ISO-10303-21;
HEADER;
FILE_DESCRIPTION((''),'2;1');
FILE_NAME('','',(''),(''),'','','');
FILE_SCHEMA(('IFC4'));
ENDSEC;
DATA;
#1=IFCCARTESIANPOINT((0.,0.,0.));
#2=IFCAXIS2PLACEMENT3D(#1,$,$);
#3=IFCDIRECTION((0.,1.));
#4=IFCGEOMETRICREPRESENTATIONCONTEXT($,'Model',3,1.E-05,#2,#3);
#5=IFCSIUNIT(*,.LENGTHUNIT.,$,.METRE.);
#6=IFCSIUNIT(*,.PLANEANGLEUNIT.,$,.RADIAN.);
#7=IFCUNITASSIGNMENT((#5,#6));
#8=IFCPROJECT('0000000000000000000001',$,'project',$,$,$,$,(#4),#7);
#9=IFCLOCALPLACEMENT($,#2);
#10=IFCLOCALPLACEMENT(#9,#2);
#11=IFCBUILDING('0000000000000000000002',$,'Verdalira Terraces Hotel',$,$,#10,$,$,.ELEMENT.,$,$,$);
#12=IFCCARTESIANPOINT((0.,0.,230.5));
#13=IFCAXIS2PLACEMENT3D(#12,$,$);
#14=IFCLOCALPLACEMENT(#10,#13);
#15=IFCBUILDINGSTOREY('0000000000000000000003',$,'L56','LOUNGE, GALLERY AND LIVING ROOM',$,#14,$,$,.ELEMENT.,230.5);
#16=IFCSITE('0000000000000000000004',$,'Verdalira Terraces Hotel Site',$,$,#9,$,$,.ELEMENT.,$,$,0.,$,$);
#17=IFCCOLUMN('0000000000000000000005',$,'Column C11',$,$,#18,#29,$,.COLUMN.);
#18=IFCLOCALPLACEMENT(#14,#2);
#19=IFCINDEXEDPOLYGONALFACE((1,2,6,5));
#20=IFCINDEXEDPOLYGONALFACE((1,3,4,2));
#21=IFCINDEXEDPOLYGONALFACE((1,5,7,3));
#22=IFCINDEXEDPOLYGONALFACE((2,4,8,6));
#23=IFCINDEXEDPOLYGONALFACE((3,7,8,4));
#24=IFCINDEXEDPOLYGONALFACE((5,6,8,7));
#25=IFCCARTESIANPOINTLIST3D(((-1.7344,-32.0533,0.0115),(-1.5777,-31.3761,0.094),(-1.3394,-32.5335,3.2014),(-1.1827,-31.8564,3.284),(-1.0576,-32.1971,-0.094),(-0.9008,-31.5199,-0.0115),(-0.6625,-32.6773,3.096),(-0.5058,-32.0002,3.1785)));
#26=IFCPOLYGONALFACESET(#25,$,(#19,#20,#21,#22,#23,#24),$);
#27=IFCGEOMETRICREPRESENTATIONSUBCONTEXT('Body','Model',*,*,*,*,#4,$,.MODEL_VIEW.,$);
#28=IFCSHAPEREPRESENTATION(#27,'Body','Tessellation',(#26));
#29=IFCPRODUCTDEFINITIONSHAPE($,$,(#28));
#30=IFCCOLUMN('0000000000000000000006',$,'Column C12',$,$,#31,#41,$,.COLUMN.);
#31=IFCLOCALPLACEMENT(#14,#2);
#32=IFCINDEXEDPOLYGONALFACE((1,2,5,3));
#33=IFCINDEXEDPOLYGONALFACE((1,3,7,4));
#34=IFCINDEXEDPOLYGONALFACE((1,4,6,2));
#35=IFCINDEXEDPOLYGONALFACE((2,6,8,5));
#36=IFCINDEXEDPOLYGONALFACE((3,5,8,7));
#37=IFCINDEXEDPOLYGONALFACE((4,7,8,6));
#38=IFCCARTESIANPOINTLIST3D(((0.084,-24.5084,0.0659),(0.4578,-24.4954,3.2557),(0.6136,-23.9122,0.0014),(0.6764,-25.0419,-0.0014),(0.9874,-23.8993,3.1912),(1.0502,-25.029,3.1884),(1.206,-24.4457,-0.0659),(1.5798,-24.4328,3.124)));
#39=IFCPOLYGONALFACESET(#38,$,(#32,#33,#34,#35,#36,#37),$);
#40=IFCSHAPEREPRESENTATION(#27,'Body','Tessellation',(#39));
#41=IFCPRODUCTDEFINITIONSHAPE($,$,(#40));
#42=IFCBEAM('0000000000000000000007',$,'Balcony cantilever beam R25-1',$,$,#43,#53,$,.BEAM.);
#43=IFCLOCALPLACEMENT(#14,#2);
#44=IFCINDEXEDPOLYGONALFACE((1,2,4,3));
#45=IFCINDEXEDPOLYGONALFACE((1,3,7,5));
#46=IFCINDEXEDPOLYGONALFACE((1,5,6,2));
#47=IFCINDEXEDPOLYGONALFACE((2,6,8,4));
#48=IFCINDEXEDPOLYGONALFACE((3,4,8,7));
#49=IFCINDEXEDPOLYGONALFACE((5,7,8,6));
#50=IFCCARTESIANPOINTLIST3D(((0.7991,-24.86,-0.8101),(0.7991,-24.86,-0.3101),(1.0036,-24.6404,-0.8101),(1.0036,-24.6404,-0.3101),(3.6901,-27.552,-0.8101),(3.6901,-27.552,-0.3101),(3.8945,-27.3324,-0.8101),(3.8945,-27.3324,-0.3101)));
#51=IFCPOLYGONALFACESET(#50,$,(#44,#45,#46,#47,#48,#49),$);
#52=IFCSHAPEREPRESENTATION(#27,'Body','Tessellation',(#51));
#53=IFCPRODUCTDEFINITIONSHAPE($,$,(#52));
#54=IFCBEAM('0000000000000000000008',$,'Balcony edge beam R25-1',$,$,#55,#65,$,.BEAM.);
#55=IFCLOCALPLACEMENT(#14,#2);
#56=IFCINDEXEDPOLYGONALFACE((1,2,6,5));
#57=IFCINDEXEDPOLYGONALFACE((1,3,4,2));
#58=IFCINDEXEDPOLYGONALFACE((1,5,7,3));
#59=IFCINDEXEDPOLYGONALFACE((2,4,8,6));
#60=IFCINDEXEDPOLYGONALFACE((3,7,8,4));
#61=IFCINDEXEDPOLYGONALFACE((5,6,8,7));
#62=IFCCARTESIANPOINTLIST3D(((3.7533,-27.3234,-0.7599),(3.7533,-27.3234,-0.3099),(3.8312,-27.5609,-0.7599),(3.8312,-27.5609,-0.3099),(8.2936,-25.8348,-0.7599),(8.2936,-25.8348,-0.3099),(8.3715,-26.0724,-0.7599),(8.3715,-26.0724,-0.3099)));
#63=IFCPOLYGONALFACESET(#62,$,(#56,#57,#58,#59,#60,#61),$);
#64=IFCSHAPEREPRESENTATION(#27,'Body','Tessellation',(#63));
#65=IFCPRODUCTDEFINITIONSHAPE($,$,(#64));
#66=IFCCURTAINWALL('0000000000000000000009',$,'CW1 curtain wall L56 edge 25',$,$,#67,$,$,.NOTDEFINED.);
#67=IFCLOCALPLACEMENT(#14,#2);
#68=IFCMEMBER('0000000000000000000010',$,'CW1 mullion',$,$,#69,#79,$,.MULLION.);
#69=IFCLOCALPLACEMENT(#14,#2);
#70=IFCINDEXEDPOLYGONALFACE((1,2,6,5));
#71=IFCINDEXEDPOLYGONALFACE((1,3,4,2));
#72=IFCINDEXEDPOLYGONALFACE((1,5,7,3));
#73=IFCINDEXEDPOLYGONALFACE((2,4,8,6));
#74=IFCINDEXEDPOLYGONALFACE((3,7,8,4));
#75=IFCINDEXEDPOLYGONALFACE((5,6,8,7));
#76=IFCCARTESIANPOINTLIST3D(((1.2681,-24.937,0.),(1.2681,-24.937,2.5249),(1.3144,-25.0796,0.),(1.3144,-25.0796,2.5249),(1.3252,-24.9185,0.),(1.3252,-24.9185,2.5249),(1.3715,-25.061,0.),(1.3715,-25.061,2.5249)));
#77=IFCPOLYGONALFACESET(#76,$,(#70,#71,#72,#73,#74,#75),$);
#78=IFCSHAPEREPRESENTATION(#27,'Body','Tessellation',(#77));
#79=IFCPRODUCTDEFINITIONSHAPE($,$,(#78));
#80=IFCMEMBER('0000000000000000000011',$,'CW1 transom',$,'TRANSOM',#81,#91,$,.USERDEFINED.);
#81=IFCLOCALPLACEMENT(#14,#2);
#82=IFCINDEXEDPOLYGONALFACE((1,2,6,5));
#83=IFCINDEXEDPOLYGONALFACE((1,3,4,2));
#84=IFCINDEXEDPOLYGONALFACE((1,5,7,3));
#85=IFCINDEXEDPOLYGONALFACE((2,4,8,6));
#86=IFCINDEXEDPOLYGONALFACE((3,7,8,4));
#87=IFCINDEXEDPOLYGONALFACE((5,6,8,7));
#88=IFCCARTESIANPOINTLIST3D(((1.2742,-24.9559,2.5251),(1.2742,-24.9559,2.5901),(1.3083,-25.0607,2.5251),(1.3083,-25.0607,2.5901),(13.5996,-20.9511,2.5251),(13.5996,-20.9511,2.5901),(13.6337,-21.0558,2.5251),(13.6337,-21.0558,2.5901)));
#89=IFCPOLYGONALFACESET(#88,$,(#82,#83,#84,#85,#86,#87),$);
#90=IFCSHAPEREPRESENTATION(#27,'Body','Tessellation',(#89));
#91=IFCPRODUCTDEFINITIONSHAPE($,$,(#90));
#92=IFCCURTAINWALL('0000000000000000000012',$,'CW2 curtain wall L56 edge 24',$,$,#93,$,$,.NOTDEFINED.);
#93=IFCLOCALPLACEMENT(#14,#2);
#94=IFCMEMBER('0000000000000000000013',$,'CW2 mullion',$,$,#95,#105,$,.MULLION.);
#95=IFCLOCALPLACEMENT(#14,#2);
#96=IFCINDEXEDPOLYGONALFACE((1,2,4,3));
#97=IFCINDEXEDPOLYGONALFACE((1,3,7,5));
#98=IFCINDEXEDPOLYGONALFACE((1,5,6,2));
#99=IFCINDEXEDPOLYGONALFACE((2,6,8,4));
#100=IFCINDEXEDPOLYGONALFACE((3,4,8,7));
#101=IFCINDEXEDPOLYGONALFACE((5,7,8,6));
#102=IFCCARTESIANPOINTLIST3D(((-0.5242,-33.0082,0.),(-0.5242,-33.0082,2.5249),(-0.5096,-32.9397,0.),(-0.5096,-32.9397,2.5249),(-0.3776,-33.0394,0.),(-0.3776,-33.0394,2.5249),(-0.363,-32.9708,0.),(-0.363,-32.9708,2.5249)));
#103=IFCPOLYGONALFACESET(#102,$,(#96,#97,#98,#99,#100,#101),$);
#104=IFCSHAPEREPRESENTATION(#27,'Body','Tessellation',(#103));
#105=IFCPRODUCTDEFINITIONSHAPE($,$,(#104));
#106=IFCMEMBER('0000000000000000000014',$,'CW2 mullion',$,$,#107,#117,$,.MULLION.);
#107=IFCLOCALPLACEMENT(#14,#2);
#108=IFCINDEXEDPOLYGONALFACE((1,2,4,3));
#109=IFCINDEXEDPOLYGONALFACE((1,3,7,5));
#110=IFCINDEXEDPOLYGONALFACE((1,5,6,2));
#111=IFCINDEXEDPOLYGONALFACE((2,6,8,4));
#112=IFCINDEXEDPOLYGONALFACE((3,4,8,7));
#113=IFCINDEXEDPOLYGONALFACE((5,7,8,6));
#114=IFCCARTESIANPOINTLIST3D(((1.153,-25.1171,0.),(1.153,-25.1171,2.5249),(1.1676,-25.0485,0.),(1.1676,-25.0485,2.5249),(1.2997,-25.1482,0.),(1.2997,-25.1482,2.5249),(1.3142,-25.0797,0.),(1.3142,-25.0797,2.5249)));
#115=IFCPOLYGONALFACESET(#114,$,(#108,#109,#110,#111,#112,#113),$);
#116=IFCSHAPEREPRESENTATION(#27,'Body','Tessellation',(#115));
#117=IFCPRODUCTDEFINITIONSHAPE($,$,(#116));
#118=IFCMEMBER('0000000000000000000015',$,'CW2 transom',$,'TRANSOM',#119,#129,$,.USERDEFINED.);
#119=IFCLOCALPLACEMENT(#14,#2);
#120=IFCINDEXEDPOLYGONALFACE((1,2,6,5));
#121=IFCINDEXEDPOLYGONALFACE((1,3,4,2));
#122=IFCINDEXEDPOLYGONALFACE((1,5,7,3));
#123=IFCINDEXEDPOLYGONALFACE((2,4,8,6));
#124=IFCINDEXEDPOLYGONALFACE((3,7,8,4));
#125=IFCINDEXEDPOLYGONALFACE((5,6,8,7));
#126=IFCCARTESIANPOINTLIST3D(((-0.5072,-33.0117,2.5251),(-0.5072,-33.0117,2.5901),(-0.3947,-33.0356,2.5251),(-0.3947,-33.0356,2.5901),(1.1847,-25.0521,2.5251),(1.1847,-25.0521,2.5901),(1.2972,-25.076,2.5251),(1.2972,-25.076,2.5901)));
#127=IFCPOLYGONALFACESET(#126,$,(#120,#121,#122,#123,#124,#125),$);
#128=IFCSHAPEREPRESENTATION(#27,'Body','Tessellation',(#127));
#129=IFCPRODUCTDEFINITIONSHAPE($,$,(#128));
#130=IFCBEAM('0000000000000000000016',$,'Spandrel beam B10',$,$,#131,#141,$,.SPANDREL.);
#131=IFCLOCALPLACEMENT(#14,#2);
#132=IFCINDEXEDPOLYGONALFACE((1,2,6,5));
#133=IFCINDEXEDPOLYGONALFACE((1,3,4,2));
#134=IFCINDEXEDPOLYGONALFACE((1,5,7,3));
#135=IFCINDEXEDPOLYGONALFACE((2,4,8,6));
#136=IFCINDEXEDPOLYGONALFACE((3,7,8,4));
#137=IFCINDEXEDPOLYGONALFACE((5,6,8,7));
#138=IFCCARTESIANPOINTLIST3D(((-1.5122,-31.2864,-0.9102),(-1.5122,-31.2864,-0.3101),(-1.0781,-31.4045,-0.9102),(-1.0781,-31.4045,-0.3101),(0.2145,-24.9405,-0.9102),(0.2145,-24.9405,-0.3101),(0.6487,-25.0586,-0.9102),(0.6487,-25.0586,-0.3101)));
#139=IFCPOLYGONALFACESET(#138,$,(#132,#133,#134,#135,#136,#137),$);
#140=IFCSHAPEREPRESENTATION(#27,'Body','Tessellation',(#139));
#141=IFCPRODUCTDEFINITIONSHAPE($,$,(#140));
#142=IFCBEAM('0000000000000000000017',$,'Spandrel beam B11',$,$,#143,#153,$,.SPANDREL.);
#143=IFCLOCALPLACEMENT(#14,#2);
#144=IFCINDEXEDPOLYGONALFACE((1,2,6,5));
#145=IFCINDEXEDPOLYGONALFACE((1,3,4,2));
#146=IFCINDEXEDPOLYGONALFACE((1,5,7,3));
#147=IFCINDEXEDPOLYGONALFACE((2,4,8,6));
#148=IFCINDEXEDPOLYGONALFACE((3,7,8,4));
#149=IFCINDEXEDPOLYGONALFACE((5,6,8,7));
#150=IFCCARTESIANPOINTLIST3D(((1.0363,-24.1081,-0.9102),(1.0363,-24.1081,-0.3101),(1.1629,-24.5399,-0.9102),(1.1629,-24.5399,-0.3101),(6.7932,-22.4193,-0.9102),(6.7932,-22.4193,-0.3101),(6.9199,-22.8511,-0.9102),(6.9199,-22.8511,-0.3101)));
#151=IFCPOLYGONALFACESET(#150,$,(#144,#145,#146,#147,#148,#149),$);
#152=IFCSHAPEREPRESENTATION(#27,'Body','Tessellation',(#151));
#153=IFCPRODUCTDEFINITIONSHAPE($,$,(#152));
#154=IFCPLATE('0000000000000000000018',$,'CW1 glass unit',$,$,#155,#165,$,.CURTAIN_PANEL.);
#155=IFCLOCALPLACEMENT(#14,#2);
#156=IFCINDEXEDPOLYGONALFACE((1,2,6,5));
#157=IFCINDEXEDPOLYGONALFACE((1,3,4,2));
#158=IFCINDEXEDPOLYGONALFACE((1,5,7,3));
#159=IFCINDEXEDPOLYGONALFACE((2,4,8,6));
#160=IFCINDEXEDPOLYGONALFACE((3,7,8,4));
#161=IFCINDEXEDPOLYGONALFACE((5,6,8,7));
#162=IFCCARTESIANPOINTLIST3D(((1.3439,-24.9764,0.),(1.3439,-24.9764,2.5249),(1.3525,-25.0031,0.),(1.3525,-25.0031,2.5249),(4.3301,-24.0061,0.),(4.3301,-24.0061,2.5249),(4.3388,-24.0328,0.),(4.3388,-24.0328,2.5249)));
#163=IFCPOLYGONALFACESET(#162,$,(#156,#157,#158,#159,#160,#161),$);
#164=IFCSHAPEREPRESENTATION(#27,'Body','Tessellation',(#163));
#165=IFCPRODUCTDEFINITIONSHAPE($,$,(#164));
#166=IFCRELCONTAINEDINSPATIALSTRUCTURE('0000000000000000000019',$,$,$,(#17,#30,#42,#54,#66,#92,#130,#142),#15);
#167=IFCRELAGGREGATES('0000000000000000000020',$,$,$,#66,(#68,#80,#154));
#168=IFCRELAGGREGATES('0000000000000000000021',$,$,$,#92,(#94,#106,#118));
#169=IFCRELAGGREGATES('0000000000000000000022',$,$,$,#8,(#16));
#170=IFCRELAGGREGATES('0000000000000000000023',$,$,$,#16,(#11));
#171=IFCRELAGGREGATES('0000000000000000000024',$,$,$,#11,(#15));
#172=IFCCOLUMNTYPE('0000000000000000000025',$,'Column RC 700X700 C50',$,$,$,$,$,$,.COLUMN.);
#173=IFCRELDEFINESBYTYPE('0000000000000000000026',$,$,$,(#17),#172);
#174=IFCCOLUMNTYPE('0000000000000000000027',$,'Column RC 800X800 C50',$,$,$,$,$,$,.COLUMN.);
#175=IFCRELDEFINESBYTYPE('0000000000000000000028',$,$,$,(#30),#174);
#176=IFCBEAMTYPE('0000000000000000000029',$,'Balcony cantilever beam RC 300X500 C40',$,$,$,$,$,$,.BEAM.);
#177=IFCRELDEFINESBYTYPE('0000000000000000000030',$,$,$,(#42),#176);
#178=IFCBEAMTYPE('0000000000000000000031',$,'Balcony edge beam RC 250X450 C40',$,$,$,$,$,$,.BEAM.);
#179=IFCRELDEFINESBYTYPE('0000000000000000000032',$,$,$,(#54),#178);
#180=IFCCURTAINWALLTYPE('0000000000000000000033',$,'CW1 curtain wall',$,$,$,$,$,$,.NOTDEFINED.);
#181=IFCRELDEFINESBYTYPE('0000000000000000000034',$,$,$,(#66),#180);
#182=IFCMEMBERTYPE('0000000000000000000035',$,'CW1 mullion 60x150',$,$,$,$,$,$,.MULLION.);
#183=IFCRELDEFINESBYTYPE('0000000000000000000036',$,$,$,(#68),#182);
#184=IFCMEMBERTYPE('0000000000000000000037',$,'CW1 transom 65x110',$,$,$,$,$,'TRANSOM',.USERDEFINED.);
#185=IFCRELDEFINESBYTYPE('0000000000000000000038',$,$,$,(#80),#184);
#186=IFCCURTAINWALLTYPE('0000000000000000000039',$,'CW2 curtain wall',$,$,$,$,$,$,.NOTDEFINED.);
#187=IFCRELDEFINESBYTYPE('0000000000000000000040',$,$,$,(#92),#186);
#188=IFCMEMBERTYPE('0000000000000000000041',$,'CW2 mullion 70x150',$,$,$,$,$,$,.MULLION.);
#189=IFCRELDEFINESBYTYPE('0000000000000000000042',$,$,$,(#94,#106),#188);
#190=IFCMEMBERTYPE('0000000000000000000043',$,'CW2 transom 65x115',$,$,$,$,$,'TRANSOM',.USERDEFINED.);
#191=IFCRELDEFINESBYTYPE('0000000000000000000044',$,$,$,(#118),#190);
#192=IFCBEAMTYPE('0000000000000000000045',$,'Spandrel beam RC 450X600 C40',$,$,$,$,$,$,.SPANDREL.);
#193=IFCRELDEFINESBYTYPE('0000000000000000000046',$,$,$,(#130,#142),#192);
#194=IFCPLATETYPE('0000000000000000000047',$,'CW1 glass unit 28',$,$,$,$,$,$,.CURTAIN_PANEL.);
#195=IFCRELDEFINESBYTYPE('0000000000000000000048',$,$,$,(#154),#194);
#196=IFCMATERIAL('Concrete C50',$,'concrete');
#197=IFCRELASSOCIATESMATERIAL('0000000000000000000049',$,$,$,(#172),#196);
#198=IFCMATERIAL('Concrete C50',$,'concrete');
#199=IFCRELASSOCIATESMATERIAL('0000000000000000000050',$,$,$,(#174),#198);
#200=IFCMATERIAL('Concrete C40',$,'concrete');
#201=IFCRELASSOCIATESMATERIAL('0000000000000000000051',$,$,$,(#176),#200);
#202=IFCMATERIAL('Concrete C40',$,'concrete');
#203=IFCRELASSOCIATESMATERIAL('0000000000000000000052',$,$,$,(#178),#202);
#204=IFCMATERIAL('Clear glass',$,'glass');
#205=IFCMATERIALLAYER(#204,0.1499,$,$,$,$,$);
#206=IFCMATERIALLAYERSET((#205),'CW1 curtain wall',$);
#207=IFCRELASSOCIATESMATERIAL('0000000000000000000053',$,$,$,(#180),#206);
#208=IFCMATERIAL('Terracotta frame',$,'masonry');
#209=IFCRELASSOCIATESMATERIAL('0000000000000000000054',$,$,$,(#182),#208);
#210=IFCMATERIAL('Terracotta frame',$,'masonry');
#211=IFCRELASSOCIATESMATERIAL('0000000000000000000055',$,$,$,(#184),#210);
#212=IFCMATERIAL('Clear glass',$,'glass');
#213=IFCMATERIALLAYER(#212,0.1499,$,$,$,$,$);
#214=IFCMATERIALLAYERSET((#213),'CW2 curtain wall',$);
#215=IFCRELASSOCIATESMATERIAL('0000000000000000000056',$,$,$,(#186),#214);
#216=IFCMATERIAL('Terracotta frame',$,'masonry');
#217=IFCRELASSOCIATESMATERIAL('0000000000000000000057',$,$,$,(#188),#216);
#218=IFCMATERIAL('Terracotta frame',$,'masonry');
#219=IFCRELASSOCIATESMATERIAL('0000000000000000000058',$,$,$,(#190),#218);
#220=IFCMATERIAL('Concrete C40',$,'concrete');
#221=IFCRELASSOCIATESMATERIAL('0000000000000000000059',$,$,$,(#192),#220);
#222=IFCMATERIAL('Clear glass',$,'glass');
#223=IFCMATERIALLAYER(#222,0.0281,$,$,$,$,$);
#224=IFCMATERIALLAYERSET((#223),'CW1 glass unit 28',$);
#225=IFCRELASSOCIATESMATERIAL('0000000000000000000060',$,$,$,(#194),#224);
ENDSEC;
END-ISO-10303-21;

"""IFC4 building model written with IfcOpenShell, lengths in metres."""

from ifc_helpers import new_model, si_unit, direction, frame, origin, origin_2d, place, context, subcontext, project, spatial, rectangle, extrude, material, layer, layer_set, material_profile, profile_set, type_object, element, aggregate, save


model = new_model("IFC4")

# Units and contexts
model_context = context("Model", 3, precision=1e-05, world=origin(), true_north=direction((0.0, 1.0)))
body_context = subcontext(model_context, "Body", "Model", "MODEL_VIEW")
ifc_project = project(units=[si_unit("LENGTHUNIT", "METRE"), si_unit("PLANEANGLEUNIT", "RADIAN")], contexts=[model_context])

# Site, building, storey
site_placement = place(None, origin())
site = spatial("IfcSite", under=ifc_project, at=site_placement, Name="Verdalira Terraces Hotel Site", CompositionType="ELEMENT", RefElevation=0.0)
building_placement = place(site_placement, origin())
building = spatial("IfcBuilding", under=site, at=building_placement, Name="Verdalira Terraces Hotel", CompositionType="ELEMENT")
storey_placement = place(building_placement, frame((0.0, 0.0, 230.5)))
storey = spatial("IfcBuildingStorey", under=building, at=storey_placement, Name="L56", Description="LOUNGE, GALLERY AND LIVING ROOM", CompositionType="ELEMENT", Elevation=230.5)

# Columns
ifc_material_1 = material(Name="Concrete C50", Category="concrete")
ifc_material_profile_1 = material_profile(ifc_material_1, rectangle(XDim=0.7, YDim=0.7, at=origin_2d()), Name="RC 700X700")
ifc_profile_set_1 = profile_set([ifc_material_profile_1], Name="Concrete C50")
column_type_1 = type_object("IfcColumnType", Name="Column RC 700X700 C50", PredefinedType="COLUMN", material=ifc_profile_set_1)
column_1_placement = place(storey_placement, frame((-1.3176, -31.7866, 0.0), z_axis=(0.121545, -0.147762, 0.981526), x_axis=(0.223881, 0.967456, 0.11792)))
element("IfcColumn", 1, at=column_1_placement, inside=storey, type_object=column_type_1, Name="Column C11", PredefinedType="COLUMN", context=body_context, shape_type="SweptSolid", body=[
    extrude(rectangle(XDim=0.7, YDim=0.7, at=origin_2d()), origin(), (0.0, 0.0, 1.0), 3.25),
])
ifc_material_2 = material(Name="Concrete C50", Category="concrete")
ifc_material_profile_2 = material_profile(ifc_material_2, rectangle(XDim=0.8, YDim=0.8, at=origin_2d()), Name="RC 800X800")
ifc_profile_set_2 = profile_set([ifc_material_profile_2], Name="Concrete C50")
column_type_2 = type_object("IfcColumnType", Name="Column RC 800X800 C50", PredefinedType="COLUMN", material=ifc_profile_set_2)
column_2_placement = place(storey_placement, frame((0.645, -24.4771, 0.0), z_axis=(0.116377, 0.004029, 0.993197), x_axis=(-0.661978, -0.745178, 0.08059)))
element("IfcColumn", 2, at=column_2_placement, inside=storey, type_object=column_type_2, Name="Column C12", PredefinedType="COLUMN", context=body_context, shape_type="SweptSolid", body=[
    extrude(rectangle(XDim=0.8, YDim=0.8, at=origin_2d()), origin(), (0.0, 0.0, 1.0), 3.2117),
])

# Beams
ifc_material_3 = material(Name="Concrete C40", Category="concrete")
ifc_material_profile_3 = material_profile(ifc_material_3, rectangle(XDim=0.3, YDim=0.5, at=origin_2d()), Name="RC 300X500")
ifc_profile_set_3 = profile_set([ifc_material_profile_3], Name="Concrete C40")
beam_type_1 = type_object("IfcBeamType", Name="Balcony cantilever beam RC 300X500 C40", PredefinedType="BEAM", material=ifc_profile_set_3)
beam_1_placement = place(storey_placement, frame((0.9014, -24.7502, -0.5601), z_axis=(0.731844, -0.681472, 0.0), x_axis=(0.681472, 0.731844, 0.0)))
element("IfcBeam", 3, at=beam_1_placement, inside=storey, type_object=beam_type_1, Name="Balcony cantilever beam R25-1", PredefinedType="BEAM", context=body_context, shape_type="SweptSolid", body=[
    extrude(rectangle(XDim=0.3, YDim=0.5, at=origin_2d()), origin(), (0.0, 0.0, 1.0), 3.9502),
])
ifc_material_4 = material(Name="Concrete C40", Category="concrete")
ifc_material_profile_4 = material_profile(ifc_material_4, rectangle(XDim=0.25, YDim=0.45, at=origin_2d()), Name="RC 250X450")
ifc_profile_set_4 = profile_set([ifc_material_profile_4], Name="Concrete C40")
beam_type_2 = type_object("IfcBeamType", Name="Balcony edge beam RC 250X450 C40", PredefinedType="BEAM", material=ifc_profile_set_4)
beam_2_placement = place(storey_placement, frame((3.7922, -27.4421, -0.5349), z_axis=(0.950235, 0.311533, 0.0), x_axis=(-0.311533, 0.950235, 0.0)))
element("IfcBeam", 4, at=beam_2_placement, inside=storey, type_object=beam_type_2, Name="Balcony edge beam R25-1", PredefinedType="BEAM", context=body_context, shape_type="SweptSolid", body=[
    extrude(rectangle(XDim=0.25, YDim=0.45, at=origin_2d()), origin(), (0.0, 0.0, 1.0), 4.7781),
])

# Curtain walls, members
ifc_material_5 = material(Name="Clear glass", Category="glass")
ifc_layer_1 = layer(ifc_material_5, 0.1499)
ifc_layer_set_1 = layer_set([ifc_layer_1], Name="CW1 curtain wall")
curtain_wall_type_1 = type_object("IfcCurtainWallType", Name="CW1 curtain wall", PredefinedType="NOTDEFINED", material=ifc_layer_set_1)
curtain_wall_1_placement = place(storey_placement, origin())
curtain_wall_1 = element("IfcCurtainWall", 5, at=curtain_wall_1_placement, inside=storey, type_object=curtain_wall_type_1, Name="CW1 curtain wall L56 edge 25", PredefinedType="NOTDEFINED")
ifc_material_6 = material(Name="Terracotta frame", Category="masonry")
ifc_material_profile_5 = material_profile(ifc_material_6, rectangle(XDim=0.0601, YDim=0.1499, at=origin_2d()), Name="MU 60x150")
ifc_profile_set_5 = profile_set([ifc_material_profile_5], Name="Terracotta frame")
member_type_1 = type_object("IfcMemberType", Name="CW1 mullion 60x150", PredefinedType="MULLION", material=ifc_profile_set_5)
member_1_placement = place(storey_placement, frame((1.3198, -24.999, 0.0), z_axis=(0.0, 0.0, 1.0), x_axis=(0.951057, 0.309017, 0.0)))
member_1 = element("IfcMember", 6, at=member_1_placement, type_object=member_type_1, Name="CW1 mullion", PredefinedType="MULLION", context=body_context, shape_type="SweptSolid", body=[
    extrude(rectangle(XDim=0.0601, YDim=0.1499, at=origin_2d()), origin(), (0.0, 0.0, 1.0), 2.5249),
])
ifc_material_7 = material(Name="Terracotta frame", Category="masonry")
ifc_material_profile_6 = material_profile(ifc_material_7, rectangle(XDim=0.1101, YDim=0.0649, at=origin_2d()), Name="TR 65x110")
ifc_profile_set_6 = profile_set([ifc_material_profile_6], Name="Terracotta frame")
member_type_2 = type_object("IfcMemberType", Name="CW1 transom 65x110", ElementType="TRANSOM", PredefinedType="USERDEFINED", material=ifc_profile_set_6)
member_2_placement = place(storey_placement, frame((1.2913, -25.0083, 2.5576), z_axis=(0.951054, 0.309024, 0.0), x_axis=(-0.309024, 0.951054, 0.0)))
member_2 = element("IfcMember", 7, at=member_2_placement, type_object=member_type_2, Name="CW1 transom", ObjectType="TRANSOM", PredefinedType="USERDEFINED", context=body_context, shape_type="SweptSolid", body=[
    extrude(rectangle(XDim=0.1101, YDim=0.0649, at=origin_2d()), origin(), (0.0, 0.0, 1.0), 12.9597),
])
ifc_material_8 = material(Name="Clear glass", Category="glass")
ifc_layer_2 = layer(ifc_material_8, 0.1499)
ifc_layer_set_2 = layer_set([ifc_layer_2], Name="CW2 curtain wall")
curtain_wall_type_2 = type_object("IfcCurtainWallType", Name="CW2 curtain wall", PredefinedType="NOTDEFINED", material=ifc_layer_set_2)
curtain_wall_2_placement = place(storey_placement, origin())
curtain_wall_2 = element("IfcCurtainWall", 8, at=curtain_wall_2_placement, inside=storey, type_object=curtain_wall_type_2, Name="CW2 curtain wall L56 edge 24", PredefinedType="NOTDEFINED")
ifc_material_9 = material(Name="Terracotta frame", Category="masonry")
ifc_material_profile_7 = material_profile(ifc_material_9, rectangle(XDim=0.0701, YDim=0.1499, at=origin_2d()), Name="MU 70x150")
ifc_profile_set_7 = profile_set([ifc_material_profile_7], Name="Terracotta frame")
member_type_3 = type_object("IfcMemberType", Name="CW2 mullion 70x150", PredefinedType="MULLION", material=ifc_profile_set_7)
member_3_placement = place(storey_placement, frame((-0.4436, -32.9895, 0.0), z_axis=(0.0, 0.0, 1.0), x_axis=(0.207912, 0.978148, 0.0)))
member_3 = element("IfcMember", 9, at=member_3_placement, type_object=member_type_3, Name="CW2 mullion", PredefinedType="MULLION", context=body_context, shape_type="SweptSolid", body=[
    extrude(rectangle(XDim=0.0701, YDim=0.1499, at=origin_2d()), origin(), (0.0, 0.0, 1.0), 2.5249),
])
member_4_placement = place(storey_placement, frame((1.2336, -25.0984, 0.0), z_axis=(0.0, 0.0, 1.0), x_axis=(0.207912, 0.978148, 0.0)))
member_4 = element("IfcMember", 10, at=member_4_placement, type_object=member_type_3, Name="CW2 mullion", PredefinedType="MULLION", context=body_context, shape_type="SweptSolid", body=[
    extrude(rectangle(XDim=0.0701, YDim=0.1499, at=origin_2d()), origin(), (0.0, 0.0, 1.0), 2.5249),
])
ifc_material_10 = material(Name="Terracotta frame", Category="masonry")
ifc_material_profile_8 = material_profile(ifc_material_10, rectangle(XDim=0.115, YDim=0.0649, at=origin_2d()), Name="TR 65x115")
ifc_profile_set_8 = profile_set([ifc_material_profile_8], Name="Terracotta frame")
member_type_4 = type_object("IfcMemberType", Name="CW2 transom 65x115", ElementType="TRANSOM", PredefinedType="USERDEFINED", material=ifc_profile_set_8)
member_5_placement = place(storey_placement, frame((-0.4509, -33.0237, 2.5576), z_axis=(0.207912, 0.978147, 0.0), x_axis=(-0.978147, 0.207912, 0.0)))
member_5 = element("IfcMember", 11, at=member_5_placement, type_object=member_type_4, Name="CW2 transom", ObjectType="TRANSOM", PredefinedType="USERDEFINED", context=body_context, shape_type="SweptSolid", body=[
    extrude(rectangle(XDim=0.115, YDim=0.0649, at=origin_2d()), origin(), (0.0, 0.0, 1.0), 8.1375),
])

# Beams
ifc_material_11 = material(Name="Concrete C40", Category="concrete")
ifc_material_profile_9 = material_profile(ifc_material_11, rectangle(XDim=0.45, YDim=0.6001, at=origin_2d()), Name="RC 450X600")
ifc_profile_set_9 = profile_set([ifc_material_profile_9], Name="Concrete C40")
beam_type_3 = type_object("IfcBeamType", Name="Spandrel beam RC 450X600 C40", PredefinedType="SPANDREL", material=ifc_profile_set_9)
beam_3_placement = place(storey_placement, frame((-1.2952, -31.3455, -0.6101), z_axis=(0.262565, 0.964914, 0.0), x_axis=(-0.964914, 0.262565, 0.0)))
element("IfcBeam", 12, at=beam_3_placement, inside=storey, type_object=beam_type_3, Name="Spandrel beam B10", PredefinedType="SPANDREL", context=body_context, shape_type="SweptSolid", body=[
    extrude(rectangle(XDim=0.45, YDim=0.6001, at=origin_2d()), origin(), (0.0, 0.0, 1.0), 6.5767),
])
beam_4_placement = place(storey_placement, frame((1.0996, -24.324, -0.6101), z_axis=(0.959567, 0.281481, 0.0), x_axis=(-0.281481, 0.959567, 0.0)))
element("IfcBeam", 13, at=beam_4_placement, inside=storey, type_object=beam_type_3, Name="Spandrel beam B11", PredefinedType="SPANDREL", context=body_context, shape_type="SweptSolid", body=[
    extrude(rectangle(XDim=0.45, YDim=0.6001, at=origin_2d()), origin(), (0.0, 0.0, 1.0), 5.9995),
])

# Plate
ifc_material_12 = material(Name="Clear glass", Category="glass")
ifc_layer_3 = layer(ifc_material_12, 0.0281)
ifc_layer_set_3 = layer_set([ifc_layer_3], Name="CW1 glass unit 28")
plate_type_1 = type_object("IfcPlateType", Name="CW1 glass unit 28", PredefinedType="CURTAIN_PANEL", material=ifc_layer_set_3)
plate_1_placement = place(storey_placement, frame((2.8413, -24.5046, 0.0), z_axis=(0.0, 0.0, 1.0), x_axis=(0.951057, 0.309017, 0.0)))
plate_1 = element("IfcPlate", 14, at=plate_1_placement, type_object=plate_type_1, Name="CW1 glass unit", PredefinedType="CURTAIN_PANEL", context=body_context, shape_type="SweptSolid", body=[
    extrude(rectangle(XDim=3.1399, YDim=0.0281, at=origin_2d()), origin(), (0.0, 0.0, 1.0), 2.5249),
])
aggregate(curtain_wall_1, [member_1, member_2, plate_1])
aggregate(curtain_wall_2, [member_3, member_4, member_5])

save(model, "model.ifc")
